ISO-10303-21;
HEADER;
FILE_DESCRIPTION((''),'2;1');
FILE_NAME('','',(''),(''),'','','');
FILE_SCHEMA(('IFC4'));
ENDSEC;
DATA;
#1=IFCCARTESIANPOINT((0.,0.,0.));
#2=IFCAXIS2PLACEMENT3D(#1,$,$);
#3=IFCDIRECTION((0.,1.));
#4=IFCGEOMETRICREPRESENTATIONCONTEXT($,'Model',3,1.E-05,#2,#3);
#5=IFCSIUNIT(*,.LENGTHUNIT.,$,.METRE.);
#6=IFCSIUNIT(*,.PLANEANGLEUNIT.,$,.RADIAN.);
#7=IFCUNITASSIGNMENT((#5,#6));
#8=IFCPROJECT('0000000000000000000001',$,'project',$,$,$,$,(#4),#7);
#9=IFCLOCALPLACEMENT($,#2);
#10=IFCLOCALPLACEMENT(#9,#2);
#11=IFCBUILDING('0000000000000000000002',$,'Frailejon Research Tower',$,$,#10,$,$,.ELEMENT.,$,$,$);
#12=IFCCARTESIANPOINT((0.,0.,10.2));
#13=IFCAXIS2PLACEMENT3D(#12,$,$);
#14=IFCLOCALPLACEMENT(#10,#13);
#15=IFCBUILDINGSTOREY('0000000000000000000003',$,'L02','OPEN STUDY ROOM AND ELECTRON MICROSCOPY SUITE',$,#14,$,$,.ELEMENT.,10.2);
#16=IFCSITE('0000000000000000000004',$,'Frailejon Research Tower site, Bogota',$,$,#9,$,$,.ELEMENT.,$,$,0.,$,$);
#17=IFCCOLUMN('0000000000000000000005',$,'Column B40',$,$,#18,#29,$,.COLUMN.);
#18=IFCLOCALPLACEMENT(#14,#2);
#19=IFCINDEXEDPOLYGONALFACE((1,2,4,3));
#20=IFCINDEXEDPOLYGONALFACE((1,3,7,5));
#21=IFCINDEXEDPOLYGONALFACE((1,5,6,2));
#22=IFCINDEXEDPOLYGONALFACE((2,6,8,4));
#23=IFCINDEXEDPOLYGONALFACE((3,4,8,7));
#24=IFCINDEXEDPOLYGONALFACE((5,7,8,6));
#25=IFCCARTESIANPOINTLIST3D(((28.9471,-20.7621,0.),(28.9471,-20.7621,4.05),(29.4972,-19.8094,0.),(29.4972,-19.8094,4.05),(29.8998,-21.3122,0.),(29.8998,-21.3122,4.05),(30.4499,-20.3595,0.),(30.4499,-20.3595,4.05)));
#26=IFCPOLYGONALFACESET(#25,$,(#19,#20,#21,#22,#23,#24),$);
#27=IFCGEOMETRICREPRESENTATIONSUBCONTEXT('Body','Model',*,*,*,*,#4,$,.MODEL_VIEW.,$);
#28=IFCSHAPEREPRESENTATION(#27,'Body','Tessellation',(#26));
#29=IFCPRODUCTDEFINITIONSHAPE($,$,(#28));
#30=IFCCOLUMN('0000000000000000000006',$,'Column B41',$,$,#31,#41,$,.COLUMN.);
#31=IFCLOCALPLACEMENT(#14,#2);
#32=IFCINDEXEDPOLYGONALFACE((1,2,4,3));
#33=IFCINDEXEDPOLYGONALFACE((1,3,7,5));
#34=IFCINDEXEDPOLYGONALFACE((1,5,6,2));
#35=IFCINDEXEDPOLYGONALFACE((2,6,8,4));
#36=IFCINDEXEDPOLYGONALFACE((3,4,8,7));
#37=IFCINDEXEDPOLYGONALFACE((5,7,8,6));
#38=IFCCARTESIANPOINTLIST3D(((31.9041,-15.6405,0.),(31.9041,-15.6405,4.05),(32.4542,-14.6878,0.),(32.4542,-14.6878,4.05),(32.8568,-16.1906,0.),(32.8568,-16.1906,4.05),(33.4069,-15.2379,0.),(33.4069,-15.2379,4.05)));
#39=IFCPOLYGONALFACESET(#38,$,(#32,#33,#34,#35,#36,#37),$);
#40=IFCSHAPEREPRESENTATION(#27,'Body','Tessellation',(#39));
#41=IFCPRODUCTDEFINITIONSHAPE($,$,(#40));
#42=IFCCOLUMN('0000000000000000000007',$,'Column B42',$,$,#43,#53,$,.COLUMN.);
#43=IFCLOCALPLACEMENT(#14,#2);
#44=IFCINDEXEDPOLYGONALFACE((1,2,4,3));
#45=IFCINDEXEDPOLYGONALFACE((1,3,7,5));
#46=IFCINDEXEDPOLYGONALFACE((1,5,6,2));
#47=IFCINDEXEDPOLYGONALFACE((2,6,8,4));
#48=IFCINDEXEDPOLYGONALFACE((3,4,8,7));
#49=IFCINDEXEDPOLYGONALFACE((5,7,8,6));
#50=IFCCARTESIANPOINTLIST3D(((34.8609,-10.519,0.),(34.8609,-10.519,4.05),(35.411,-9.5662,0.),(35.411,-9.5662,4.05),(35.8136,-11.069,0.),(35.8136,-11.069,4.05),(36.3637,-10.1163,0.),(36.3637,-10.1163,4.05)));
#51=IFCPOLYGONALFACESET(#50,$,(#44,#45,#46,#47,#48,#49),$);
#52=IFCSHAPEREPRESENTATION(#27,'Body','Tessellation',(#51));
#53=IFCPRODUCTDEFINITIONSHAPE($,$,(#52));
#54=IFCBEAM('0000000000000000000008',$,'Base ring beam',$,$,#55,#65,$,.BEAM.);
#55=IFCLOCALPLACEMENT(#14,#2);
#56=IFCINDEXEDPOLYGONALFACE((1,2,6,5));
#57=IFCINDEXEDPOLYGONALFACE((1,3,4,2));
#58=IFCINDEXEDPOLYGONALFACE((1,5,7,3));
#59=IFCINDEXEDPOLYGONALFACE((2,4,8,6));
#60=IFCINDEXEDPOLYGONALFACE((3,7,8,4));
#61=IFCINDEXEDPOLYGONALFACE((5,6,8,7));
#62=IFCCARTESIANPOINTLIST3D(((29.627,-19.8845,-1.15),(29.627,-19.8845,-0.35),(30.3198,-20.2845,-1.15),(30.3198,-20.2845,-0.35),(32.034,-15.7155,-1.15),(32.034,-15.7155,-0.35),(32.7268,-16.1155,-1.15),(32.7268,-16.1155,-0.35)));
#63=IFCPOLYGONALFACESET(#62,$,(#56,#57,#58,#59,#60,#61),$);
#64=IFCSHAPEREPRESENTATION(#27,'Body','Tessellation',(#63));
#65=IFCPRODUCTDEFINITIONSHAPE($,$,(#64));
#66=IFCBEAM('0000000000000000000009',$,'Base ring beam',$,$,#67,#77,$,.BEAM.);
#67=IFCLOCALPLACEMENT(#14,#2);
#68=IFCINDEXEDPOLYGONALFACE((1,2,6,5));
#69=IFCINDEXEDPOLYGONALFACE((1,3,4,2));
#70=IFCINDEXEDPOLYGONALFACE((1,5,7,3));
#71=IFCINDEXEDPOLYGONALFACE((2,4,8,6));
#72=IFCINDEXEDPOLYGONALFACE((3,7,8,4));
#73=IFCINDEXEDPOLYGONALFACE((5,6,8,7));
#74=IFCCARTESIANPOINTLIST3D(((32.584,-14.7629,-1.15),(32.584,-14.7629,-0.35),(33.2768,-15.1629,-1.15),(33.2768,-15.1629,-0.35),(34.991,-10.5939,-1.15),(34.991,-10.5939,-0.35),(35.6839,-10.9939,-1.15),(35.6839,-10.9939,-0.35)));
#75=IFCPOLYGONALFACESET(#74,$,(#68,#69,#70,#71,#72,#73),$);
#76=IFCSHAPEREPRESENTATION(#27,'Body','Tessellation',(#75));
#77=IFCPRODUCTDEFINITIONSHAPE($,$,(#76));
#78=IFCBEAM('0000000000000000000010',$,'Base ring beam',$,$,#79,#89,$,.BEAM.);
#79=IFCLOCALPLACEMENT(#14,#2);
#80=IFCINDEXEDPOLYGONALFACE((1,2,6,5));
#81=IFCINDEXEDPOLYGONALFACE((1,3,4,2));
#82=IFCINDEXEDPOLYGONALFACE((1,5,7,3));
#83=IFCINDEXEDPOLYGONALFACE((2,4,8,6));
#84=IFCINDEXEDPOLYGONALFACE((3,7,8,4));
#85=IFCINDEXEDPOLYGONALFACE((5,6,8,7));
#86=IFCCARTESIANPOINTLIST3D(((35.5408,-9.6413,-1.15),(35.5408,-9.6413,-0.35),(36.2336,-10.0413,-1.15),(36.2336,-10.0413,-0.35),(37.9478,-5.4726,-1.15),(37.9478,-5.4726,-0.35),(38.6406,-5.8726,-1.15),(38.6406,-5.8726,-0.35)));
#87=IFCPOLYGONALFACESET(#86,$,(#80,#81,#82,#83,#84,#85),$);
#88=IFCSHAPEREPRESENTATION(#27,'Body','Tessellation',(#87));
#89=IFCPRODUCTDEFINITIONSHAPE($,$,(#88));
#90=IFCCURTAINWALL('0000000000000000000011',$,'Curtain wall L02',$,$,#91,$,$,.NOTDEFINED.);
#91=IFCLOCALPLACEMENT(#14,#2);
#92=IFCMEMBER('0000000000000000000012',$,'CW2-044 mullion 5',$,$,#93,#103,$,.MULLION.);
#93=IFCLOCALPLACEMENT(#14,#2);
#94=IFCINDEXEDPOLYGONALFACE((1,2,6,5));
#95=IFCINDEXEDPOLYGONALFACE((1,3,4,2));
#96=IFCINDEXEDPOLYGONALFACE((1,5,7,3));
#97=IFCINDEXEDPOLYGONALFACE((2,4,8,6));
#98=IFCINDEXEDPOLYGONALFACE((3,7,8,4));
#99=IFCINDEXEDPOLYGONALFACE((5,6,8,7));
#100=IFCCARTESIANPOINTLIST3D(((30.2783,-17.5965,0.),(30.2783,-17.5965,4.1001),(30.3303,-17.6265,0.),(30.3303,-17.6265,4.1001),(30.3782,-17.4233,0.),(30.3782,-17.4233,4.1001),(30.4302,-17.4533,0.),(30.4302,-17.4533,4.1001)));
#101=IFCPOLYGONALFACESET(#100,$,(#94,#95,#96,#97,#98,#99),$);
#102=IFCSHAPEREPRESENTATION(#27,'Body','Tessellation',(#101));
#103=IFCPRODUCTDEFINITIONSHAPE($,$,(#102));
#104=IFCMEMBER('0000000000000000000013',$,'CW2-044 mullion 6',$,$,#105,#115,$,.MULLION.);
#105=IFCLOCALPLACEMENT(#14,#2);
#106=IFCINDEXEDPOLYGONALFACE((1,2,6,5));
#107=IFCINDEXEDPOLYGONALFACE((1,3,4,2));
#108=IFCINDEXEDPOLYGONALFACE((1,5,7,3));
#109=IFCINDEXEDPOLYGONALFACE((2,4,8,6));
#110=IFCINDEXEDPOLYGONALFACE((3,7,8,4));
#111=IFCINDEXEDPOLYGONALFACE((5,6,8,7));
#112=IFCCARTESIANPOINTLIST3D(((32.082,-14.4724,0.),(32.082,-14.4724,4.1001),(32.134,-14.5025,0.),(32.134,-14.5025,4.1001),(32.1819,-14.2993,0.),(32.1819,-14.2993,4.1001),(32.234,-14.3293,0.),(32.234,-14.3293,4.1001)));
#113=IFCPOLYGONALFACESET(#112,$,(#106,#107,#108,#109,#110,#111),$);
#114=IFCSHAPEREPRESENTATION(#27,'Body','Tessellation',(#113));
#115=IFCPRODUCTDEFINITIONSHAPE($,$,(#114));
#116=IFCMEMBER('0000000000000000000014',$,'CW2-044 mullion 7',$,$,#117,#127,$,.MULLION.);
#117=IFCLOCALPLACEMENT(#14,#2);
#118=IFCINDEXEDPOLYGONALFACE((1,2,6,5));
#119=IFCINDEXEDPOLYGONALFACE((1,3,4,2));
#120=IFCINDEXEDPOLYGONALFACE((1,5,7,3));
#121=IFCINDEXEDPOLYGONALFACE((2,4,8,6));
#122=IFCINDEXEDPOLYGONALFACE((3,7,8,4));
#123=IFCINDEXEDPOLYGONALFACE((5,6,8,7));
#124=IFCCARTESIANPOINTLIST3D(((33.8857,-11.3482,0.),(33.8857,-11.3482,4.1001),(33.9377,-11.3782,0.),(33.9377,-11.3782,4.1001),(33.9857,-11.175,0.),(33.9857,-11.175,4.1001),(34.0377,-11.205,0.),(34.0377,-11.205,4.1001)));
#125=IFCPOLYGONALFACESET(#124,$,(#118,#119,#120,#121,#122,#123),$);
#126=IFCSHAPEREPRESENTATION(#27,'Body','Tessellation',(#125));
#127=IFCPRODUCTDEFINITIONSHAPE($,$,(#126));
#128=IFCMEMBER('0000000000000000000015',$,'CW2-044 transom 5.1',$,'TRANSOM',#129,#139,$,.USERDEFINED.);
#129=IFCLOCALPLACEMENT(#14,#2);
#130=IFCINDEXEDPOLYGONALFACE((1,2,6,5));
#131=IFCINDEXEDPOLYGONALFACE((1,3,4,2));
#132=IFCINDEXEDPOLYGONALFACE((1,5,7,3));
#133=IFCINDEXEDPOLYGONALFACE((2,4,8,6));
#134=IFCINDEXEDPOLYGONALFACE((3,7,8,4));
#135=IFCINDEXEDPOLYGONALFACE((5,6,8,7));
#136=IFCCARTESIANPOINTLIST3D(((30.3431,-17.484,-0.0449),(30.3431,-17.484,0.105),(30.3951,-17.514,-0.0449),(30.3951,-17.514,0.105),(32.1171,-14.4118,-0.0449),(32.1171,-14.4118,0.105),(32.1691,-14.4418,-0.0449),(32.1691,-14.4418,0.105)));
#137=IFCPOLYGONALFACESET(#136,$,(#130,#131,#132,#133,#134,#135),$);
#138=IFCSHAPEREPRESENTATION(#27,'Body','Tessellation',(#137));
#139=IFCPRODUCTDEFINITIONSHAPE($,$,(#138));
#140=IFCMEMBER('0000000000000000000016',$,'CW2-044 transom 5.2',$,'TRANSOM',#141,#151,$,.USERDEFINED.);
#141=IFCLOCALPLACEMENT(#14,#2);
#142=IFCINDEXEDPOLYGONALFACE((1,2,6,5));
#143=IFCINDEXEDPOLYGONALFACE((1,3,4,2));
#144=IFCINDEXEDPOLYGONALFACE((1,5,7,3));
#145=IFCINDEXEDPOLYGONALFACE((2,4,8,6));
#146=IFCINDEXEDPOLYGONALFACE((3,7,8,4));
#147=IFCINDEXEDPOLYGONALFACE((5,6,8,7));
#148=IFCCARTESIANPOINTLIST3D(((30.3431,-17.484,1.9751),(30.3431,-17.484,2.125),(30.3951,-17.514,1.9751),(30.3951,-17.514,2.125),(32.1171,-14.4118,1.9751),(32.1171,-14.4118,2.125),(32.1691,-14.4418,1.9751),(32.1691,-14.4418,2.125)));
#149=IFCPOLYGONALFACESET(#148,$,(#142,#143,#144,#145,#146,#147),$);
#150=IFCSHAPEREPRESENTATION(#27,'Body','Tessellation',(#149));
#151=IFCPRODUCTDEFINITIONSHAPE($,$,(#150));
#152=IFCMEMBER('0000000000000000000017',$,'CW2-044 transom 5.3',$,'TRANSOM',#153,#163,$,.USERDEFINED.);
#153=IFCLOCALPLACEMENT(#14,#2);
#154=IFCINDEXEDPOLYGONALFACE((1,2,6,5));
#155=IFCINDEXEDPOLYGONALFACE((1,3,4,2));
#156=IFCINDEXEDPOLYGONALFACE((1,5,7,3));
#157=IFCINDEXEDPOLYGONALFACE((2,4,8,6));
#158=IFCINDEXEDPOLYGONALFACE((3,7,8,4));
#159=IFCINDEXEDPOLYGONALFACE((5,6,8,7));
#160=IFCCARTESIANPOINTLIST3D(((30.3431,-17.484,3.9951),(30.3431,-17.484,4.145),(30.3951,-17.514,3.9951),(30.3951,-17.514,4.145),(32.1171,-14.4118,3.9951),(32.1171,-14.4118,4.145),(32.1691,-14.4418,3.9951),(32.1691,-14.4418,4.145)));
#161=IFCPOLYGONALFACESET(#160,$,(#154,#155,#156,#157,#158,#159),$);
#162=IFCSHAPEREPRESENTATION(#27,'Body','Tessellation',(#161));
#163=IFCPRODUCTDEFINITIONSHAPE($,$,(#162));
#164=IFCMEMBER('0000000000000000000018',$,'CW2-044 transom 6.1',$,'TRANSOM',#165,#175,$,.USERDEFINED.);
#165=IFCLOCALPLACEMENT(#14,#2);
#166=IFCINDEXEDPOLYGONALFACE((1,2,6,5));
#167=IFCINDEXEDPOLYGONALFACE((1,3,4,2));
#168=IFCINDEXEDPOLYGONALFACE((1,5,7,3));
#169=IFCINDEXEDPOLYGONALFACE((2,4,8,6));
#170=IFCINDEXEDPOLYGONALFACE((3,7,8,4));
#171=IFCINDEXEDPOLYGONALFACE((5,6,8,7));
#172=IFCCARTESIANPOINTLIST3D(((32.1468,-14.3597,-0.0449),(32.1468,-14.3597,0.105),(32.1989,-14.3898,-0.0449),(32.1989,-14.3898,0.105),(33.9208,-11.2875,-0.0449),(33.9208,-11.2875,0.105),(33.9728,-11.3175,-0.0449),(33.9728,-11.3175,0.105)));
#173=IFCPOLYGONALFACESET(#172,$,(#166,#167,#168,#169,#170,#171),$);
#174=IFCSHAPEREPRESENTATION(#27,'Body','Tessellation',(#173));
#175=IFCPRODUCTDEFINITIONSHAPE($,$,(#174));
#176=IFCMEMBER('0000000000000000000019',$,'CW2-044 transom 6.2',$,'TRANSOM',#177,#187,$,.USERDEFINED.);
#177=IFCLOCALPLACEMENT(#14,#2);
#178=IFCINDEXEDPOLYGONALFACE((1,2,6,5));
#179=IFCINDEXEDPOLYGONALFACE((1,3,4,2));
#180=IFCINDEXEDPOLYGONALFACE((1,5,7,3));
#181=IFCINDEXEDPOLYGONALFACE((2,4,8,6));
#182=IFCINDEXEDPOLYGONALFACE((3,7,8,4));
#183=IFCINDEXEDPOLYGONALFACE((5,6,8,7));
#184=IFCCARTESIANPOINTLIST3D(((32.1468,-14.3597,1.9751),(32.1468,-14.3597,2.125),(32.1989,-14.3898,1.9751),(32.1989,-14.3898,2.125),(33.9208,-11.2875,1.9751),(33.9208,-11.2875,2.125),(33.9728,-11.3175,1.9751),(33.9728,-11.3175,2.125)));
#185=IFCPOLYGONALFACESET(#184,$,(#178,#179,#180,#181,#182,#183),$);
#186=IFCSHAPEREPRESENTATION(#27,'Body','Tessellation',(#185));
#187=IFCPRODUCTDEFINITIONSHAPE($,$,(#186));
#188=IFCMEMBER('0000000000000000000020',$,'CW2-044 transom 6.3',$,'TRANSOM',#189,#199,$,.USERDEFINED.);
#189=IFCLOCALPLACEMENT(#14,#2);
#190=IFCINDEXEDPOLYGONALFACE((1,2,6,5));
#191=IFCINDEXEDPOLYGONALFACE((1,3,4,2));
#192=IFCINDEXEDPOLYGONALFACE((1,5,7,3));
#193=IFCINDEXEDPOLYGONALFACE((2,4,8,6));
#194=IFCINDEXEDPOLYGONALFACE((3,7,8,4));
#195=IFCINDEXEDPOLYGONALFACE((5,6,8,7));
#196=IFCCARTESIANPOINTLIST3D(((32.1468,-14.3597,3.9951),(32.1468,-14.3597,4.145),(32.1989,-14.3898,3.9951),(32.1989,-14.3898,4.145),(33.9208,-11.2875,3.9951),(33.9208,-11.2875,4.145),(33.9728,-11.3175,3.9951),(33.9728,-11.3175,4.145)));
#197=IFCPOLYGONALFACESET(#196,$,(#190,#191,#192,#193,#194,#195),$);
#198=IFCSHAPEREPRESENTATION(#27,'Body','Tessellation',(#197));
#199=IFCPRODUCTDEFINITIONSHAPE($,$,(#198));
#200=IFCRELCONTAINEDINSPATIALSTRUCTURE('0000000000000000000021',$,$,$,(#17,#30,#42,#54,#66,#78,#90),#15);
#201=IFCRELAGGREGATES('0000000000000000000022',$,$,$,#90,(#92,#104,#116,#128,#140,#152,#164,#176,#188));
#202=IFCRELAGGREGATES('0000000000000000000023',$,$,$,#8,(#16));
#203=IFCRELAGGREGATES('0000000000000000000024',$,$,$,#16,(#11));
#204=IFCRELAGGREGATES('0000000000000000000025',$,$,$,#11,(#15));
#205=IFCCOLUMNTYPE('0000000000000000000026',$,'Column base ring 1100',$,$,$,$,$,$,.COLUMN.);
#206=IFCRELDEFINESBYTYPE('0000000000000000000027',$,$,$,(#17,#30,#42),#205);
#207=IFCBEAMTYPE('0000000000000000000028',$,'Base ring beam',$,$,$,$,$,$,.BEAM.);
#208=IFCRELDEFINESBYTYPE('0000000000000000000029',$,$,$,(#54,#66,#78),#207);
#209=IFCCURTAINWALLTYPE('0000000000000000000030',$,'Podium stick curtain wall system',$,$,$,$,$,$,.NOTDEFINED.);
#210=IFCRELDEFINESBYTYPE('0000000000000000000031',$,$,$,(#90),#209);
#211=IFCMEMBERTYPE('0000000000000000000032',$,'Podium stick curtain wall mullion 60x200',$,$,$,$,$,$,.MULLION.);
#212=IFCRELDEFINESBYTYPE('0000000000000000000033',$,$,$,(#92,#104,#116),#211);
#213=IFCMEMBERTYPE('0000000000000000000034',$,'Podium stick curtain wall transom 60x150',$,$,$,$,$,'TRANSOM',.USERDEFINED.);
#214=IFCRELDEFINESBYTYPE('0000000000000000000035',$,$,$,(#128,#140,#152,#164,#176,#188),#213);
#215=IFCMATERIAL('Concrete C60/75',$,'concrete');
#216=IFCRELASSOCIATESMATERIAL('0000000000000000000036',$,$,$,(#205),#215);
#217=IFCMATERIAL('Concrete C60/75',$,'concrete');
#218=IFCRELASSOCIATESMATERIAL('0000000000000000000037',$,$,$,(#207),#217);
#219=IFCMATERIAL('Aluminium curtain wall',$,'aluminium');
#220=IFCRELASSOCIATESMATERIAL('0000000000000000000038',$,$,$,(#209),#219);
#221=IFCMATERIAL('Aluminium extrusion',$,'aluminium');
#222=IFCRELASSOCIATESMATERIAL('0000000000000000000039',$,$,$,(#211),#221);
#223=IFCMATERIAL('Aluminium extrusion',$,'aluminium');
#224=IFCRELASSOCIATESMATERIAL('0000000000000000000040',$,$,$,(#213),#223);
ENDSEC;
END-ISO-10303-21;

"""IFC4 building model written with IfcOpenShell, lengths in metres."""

from ifc_helpers import new_model, si_unit, direction, frame, origin, origin_2d, place, context, subcontext, project, spatial, rectangle, extrude, material, material_profile, profile_set, type_object, element, aggregate, save


model = new_model("IFC4")

# Units and contexts
model_context = context("Model", 3, precision=1e-05, world=origin(), true_north=direction((0.0, 1.0)))
body_context = subcontext(model_context, "Body", "Model", "MODEL_VIEW")
ifc_project = project(units=[si_unit("LENGTHUNIT", "METRE"), si_unit("PLANEANGLEUNIT", "RADIAN")], contexts=[model_context])

# Site, building, storey
site_placement = place(None, origin())
site = spatial("IfcSite", under=ifc_project, at=site_placement, Name="Frailejon Research Tower site, Bogota", CompositionType="ELEMENT", RefElevation=0.0)
building_placement = place(site_placement, origin())
building = spatial("IfcBuilding", under=site, at=building_placement, Name="Frailejon Research Tower", CompositionType="ELEMENT")
storey_placement = place(building_placement, frame((0.0, 0.0, 10.2)))
storey = spatial("IfcBuildingStorey", under=building, at=storey_placement, Name="L02", Description="OPEN STUDY ROOM AND ELECTRON MICROSCOPY SUITE", CompositionType="ELEMENT", Elevation=10.2)

# Columns
ifc_material_1 = material(Name="Concrete C60/75", Category="concrete")
ifc_material_profile_1 = material_profile(ifc_material_1, rectangle(XDim=1.1001, YDim=1.1001, at=origin_2d()), Name="Column base ring 1100")
ifc_profile_set_1 = profile_set([ifc_material_profile_1], Name="Concrete C60/75")
column_type = type_object("IfcColumnType", Name="Column base ring 1100", PredefinedType="COLUMN", material=ifc_profile_set_1)
for number, where, z_axis, x_axis, name in (
    (1, (29.6985, -20.5608, 0.0), (0.0, 0.0, 1.0), (0.5, 0.866025, 0.0), "Column B40"),
    (2, (32.6555, -15.4392, 0.0), (0.0, 0.0, 1.0), (0.5, 0.866025, 0.0), "Column B41"),
    (3, (35.6123, -10.3176, 0.0), (0.0, 0.0, 1.0), (0.5, 0.866025, 0.0), "Column B42"),
):
    element("IfcColumn", number, at=place(storey_placement, frame(where, z_axis=z_axis, x_axis=x_axis)), inside=storey, type_object=column_type, Name=name, PredefinedType="COLUMN", context=body_context, shape_type="SweptSolid", body=[
        extrude(rectangle(XDim=1.1001, YDim=1.1001, at=origin_2d()), origin(), (0.0, 0.0, 1.0), 4.05),
    ])

# Beams
ifc_material_2 = material(Name="Concrete C60/75", Category="concrete")
ifc_material_profile_2 = material_profile(ifc_material_2, rectangle(XDim=0.8, YDim=0.8, at=origin_2d()), Name="Base ring beam")
ifc_profile_set_2 = profile_set([ifc_material_profile_2], Name="Concrete C60/75")
beam_type = type_object("IfcBeamType", Name="Base ring beam", PredefinedType="BEAM", material=ifc_profile_set_2)
for number, where, z_axis, x_axis, name in (
    (4, (29.9734, -20.0845, -0.75), (0.500006, 0.866022, 0.0), (-0.866022, 0.500006, 0.0), "Base ring beam"),
    (5, (32.9304, -14.9629, -0.75), (0.500006, 0.866022, 0.0), (-0.866022, 0.500006, 0.0), "Base ring beam"),
):
    element("IfcBeam", number, at=place(storey_placement, frame(where, z_axis=z_axis, x_axis=x_axis)), inside=storey, type_object=beam_type, Name=name, PredefinedType="BEAM", context=body_context, shape_type="SweptSolid", body=[
        extrude(rectangle(XDim=0.8, YDim=0.8, at=origin_2d()), origin(), (0.0, 0.0, 1.0), 4.814),
    ])
beam_placement = place(storey_placement, frame((35.8872, -9.8413, -0.75), z_axis=(0.500028, 0.866009, 0.0), x_axis=(-0.866009, 0.500028, 0.0)))
element("IfcBeam", 6, at=beam_placement, inside=storey, type_object=beam_type, Name="Base ring beam", PredefinedType="BEAM", context=body_context, shape_type="SweptSolid", body=[
    extrude(rectangle(XDim=0.8, YDim=0.8, at=origin_2d()), origin(), (0.0, 0.0, 1.0), 4.8137),
])

# Curtain wall, members
ifc_material_3 = material(Name="Aluminium curtain wall", Category="aluminium")
curtain_wall_type = type_object("IfcCurtainWallType", Name="Podium stick curtain wall system", PredefinedType="NOTDEFINED", material=ifc_material_3)
curtain_wall_placement = place(storey_placement, origin())
curtain_wall = element("IfcCurtainWall", 7, at=curtain_wall_placement, inside=storey, type_object=curtain_wall_type, Name="Curtain wall L02", PredefinedType="NOTDEFINED")
ifc_material_4 = material(Name="Aluminium extrusion", Category="aluminium")
ifc_material_profile_3 = material_profile(ifc_material_4, rectangle(XDim=0.0601, YDim=0.2, at=origin_2d()), Name="Podium stick curtain wall mullion 60x200")
ifc_profile_set_3 = profile_set([ifc_material_profile_3], Name="Aluminium extrusion")
member_type_1 = type_object("IfcMemberType", Name="Podium stick curtain wall mullion 60x200", PredefinedType="MULLION", material=ifc_profile_set_3)
member_1_placement = place(storey_placement, frame((30.3542, -17.5249, 0.0), z_axis=(0.0, 0.0, 1.0), x_axis=(-0.866026, 0.499998, 0.0)))
member_1 = element("IfcMember", 8, at=member_1_placement, type_object=member_type_1, Name="CW2-044 mullion 5", PredefinedType="MULLION", context=body_context, shape_type="SweptSolid", body=[
    extrude(rectangle(XDim=0.0601, YDim=0.2, at=origin_2d()), origin(), (0.0, 0.0, 1.0), 4.1001),
])
member_2_placement = place(storey_placement, frame((32.158, -14.4009, 0.0), z_axis=(0.0, 0.0, 1.0), x_axis=(-0.866026, 0.499998, 0.0)))
member_2 = element("IfcMember", 9, at=member_2_placement, type_object=member_type_1, Name="CW2-044 mullion 6", PredefinedType="MULLION", context=body_context, shape_type="SweptSolid", body=[
    extrude(rectangle(XDim=0.0601, YDim=0.2, at=origin_2d()), origin(), (0.0, 0.0, 1.0), 4.1001),
])
member_3_placement = place(storey_placement, frame((33.9617, -11.2766, 0.0), z_axis=(0.0, 0.0, 1.0), x_axis=(-0.866026, 0.499998, 0.0)))
member_3 = element("IfcMember", 10, at=member_3_placement, type_object=member_type_1, Name="CW2-044 mullion 7", PredefinedType="MULLION", context=body_context, shape_type="SweptSolid", body=[
    extrude(rectangle(XDim=0.0601, YDim=0.2, at=origin_2d()), origin(), (0.0, 0.0, 1.0), 4.1001),
])
ifc_material_5 = material(Name="Aluminium extrusion", Category="aluminium")
ifc_material_profile_4 = material_profile(ifc_material_5, rectangle(XDim=0.0601, YDim=0.1499, at=origin_2d()), Name="Podium stick curtain wall transom 60x150")
ifc_profile_set_4 = profile_set([ifc_material_profile_4], Name="Aluminium extrusion")
member_type_2 = type_object("IfcMemberType", Name="Podium stick curtain wall transom 60x150", ElementType="TRANSOM", PredefinedType="USERDEFINED", material=ifc_profile_set_4)
member_4_placement = place(storey_placement, frame((30.3691, -17.499, 0.03), z_axis=(0.500032, 0.866007, 0.0), x_axis=(-0.866007, 0.500032, 0.0)))
member_4 = element("IfcMember", 11, at=member_4_placement, type_object=member_type_2, Name="CW2-044 transom 5.1", ObjectType="TRANSOM", PredefinedType="USERDEFINED", context=body_context, shape_type="SweptSolid", body=[
    extrude(rectangle(XDim=0.0601, YDim=0.1499, at=origin_2d()), origin(), (0.0, 0.0, 1.0), 3.5476),
])
member_5_placement = place(storey_placement, frame((30.3691, -17.499, 2.05), z_axis=(0.500032, 0.866007, 0.0), x_axis=(-0.866007, 0.500032, 0.0)))
member_5 = element("IfcMember", 12, at=member_5_placement, type_object=member_type_2, Name="CW2-044 transom 5.2", ObjectType="TRANSOM", PredefinedType="USERDEFINED", context=body_context, shape_type="SweptSolid", body=[
    extrude(rectangle(XDim=0.0601, YDim=0.1499, at=origin_2d()), origin(), (0.0, 0.0, 1.0), 3.5476),
])
member_6_placement = place(storey_placement, frame((30.3691, -17.499, 4.0701), z_axis=(0.500032, 0.866007, 0.0), x_axis=(-0.866007, 0.500032, 0.0)))
member_6 = element("IfcMember", 13, at=member_6_placement, type_object=member_type_2, Name="CW2-044 transom 5.3", ObjectType="TRANSOM", PredefinedType="USERDEFINED", context=body_context, shape_type="SweptSolid", body=[
    extrude(rectangle(XDim=0.0601, YDim=0.1499, at=origin_2d()), origin(), (0.0, 0.0, 1.0), 3.5476),
])
member_7_placement = place(storey_placement, frame((32.1729, -14.3748, 0.03), z_axis=(0.500032, 0.866007, 0.0), x_axis=(-0.866007, 0.500032, 0.0)))
member_7 = element("IfcMember", 14, at=member_7_placement, type_object=member_type_2, Name="CW2-044 transom 6.1", ObjectType="TRANSOM", PredefinedType="USERDEFINED", context=body_context, shape_type="SweptSolid", body=[
    extrude(rectangle(XDim=0.0601, YDim=0.1499, at=origin_2d()), origin(), (0.0, 0.0, 1.0), 3.5476),
])
member_8_placement = place(storey_placement, frame((32.1729, -14.3748, 2.05), z_axis=(0.500032, 0.866007, 0.0), x_axis=(-0.866007, 0.500032, 0.0)))
member_8 = element("IfcMember", 15, at=member_8_placement, type_object=member_type_2, Name="CW2-044 transom 6.2", ObjectType="TRANSOM", PredefinedType="USERDEFINED", context=body_context, shape_type="SweptSolid", body=[
    extrude(rectangle(XDim=0.0601, YDim=0.1499, at=origin_2d()), origin(), (0.0, 0.0, 1.0), 3.5476),
])
member_9_placement = place(storey_placement, frame((32.1729, -14.3748, 4.0701), z_axis=(0.500032, 0.866007, 0.0), x_axis=(-0.866007, 0.500032, 0.0)))
member_9 = element("IfcMember", 16, at=member_9_placement, type_object=member_type_2, Name="CW2-044 transom 6.3", ObjectType="TRANSOM", PredefinedType="USERDEFINED", context=body_context, shape_type="SweptSolid", body=[
    extrude(rectangle(XDim=0.0601, YDim=0.1499, at=origin_2d()), origin(), (0.0, 0.0, 1.0), 3.5476),
])
aggregate(curtain_wall, [member_1, member_2, member_3, member_4, member_5, member_6, member_7, member_8, member_9])

save(model, "model.ifc")
